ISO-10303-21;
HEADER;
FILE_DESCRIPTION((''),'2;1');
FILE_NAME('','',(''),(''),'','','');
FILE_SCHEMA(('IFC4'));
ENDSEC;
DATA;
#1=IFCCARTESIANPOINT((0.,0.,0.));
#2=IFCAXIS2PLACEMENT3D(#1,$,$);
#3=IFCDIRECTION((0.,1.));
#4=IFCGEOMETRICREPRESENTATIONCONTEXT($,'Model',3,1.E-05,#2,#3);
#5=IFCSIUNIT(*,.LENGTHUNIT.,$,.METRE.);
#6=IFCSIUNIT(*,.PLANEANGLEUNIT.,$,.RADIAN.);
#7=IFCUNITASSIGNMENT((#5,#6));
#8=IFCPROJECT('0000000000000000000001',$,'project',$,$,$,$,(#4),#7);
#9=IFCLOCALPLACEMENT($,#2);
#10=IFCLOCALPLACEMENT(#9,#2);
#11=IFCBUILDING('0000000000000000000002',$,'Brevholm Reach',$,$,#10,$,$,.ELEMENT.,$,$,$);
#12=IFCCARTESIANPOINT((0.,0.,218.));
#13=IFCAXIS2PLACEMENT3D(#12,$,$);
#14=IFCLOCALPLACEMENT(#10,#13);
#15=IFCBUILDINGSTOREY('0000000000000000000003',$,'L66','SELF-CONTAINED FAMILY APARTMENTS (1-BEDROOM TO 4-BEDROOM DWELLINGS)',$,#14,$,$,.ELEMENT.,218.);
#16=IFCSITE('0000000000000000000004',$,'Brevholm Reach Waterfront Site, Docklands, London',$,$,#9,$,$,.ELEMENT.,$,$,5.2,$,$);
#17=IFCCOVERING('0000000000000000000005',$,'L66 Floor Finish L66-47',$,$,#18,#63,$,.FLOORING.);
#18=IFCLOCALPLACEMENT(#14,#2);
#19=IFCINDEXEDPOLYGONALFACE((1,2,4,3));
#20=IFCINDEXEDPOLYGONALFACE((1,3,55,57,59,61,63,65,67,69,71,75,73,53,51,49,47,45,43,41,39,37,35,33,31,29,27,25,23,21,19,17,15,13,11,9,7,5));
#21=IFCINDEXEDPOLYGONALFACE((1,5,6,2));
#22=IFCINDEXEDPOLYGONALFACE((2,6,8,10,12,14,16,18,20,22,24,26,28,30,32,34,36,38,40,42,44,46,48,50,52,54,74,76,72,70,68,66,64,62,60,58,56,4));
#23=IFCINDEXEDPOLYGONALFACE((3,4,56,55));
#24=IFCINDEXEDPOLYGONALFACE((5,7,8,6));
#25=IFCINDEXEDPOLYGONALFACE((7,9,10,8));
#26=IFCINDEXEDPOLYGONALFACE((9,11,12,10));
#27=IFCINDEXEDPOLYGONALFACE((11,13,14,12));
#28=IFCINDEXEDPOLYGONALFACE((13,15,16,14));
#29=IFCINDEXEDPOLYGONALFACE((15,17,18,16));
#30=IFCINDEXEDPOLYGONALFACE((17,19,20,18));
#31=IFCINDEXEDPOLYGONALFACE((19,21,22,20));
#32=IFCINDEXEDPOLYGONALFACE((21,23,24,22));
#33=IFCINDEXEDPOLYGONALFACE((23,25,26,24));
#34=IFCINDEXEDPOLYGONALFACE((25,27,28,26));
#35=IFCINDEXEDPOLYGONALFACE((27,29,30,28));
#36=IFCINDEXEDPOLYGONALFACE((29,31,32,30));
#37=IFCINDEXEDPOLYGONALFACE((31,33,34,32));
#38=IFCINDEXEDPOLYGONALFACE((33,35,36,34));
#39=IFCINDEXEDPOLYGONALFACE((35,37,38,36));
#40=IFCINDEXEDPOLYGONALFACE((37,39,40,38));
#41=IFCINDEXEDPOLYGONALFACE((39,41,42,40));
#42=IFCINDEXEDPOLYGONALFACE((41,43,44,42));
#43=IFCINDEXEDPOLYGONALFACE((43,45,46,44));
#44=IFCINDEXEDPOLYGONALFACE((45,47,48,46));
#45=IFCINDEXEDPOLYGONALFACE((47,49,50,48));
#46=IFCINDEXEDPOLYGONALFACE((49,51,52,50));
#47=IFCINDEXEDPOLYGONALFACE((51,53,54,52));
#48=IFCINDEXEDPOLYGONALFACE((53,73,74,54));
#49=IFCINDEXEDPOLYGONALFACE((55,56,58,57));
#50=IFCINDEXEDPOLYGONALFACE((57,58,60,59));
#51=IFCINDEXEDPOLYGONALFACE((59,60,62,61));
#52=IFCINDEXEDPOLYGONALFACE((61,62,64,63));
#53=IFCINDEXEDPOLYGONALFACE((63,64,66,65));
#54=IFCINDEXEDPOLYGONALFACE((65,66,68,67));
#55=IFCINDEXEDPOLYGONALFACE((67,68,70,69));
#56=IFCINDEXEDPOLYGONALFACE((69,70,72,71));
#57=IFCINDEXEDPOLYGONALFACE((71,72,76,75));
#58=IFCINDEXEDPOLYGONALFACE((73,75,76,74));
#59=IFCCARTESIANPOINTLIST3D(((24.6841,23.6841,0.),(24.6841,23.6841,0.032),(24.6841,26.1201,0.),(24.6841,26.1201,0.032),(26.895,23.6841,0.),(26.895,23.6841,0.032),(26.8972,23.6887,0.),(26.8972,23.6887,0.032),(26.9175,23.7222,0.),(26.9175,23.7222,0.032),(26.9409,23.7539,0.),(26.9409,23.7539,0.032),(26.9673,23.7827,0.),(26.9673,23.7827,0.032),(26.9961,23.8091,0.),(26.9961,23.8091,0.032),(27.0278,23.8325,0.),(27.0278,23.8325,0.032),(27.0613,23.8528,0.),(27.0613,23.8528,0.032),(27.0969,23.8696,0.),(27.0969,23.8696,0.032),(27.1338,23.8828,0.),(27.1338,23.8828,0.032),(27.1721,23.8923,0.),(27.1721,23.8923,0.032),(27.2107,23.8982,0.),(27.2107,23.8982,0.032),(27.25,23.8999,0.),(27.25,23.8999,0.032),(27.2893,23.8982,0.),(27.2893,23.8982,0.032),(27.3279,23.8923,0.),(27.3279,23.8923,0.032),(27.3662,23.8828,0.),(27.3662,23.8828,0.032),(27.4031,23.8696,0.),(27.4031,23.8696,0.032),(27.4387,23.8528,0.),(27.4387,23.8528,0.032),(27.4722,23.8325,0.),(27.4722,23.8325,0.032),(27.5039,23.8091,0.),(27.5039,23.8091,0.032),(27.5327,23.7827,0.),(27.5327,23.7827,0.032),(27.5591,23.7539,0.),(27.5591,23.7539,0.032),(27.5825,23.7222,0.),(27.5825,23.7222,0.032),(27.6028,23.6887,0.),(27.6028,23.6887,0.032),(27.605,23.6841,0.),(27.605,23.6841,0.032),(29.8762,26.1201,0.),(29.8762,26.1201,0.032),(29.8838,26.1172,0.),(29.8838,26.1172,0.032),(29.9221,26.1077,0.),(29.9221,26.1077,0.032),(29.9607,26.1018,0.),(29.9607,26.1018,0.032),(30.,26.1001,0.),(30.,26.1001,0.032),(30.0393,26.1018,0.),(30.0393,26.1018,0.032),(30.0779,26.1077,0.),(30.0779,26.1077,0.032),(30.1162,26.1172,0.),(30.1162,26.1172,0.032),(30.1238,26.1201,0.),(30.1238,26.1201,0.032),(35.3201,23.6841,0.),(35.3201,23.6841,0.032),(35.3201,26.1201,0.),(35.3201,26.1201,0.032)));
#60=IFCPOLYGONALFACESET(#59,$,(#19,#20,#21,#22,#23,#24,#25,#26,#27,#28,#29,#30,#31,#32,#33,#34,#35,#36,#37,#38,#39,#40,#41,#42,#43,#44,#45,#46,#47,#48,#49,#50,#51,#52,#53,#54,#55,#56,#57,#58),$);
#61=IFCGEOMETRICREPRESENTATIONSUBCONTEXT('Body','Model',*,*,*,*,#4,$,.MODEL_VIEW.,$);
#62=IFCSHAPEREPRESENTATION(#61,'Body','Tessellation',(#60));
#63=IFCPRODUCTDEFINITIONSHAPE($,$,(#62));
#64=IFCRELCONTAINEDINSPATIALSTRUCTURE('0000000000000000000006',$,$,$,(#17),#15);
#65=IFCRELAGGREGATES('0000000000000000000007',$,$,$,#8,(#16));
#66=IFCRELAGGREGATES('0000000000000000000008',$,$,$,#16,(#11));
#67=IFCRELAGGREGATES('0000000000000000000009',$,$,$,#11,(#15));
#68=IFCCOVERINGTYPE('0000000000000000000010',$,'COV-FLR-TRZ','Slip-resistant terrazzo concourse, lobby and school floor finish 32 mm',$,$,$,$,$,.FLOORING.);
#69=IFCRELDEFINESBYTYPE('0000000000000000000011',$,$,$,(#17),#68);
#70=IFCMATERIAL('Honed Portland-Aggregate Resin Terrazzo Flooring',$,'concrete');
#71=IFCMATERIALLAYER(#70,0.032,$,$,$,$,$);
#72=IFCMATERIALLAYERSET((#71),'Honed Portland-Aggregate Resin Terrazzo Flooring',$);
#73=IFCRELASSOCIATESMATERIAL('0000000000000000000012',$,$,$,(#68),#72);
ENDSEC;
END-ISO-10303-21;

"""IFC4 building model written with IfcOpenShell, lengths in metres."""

from ifc_helpers import new_model, si_unit, direction, frame, origin, place, context, subcontext, project, spatial, polyline, outline, extrude, material, layer, layer_set, type_object, element, save


model = new_model("IFC4")

# Units and contexts
model_context = context("Model", 3, precision=1e-05, world=origin(), true_north=direction((0.0, 1.0)))
body_context = subcontext(model_context, "Body", "Model", "MODEL_VIEW")
ifc_project = project(units=[si_unit("LENGTHUNIT", "METRE"), si_unit("PLANEANGLEUNIT", "RADIAN")], contexts=[model_context])

# Site, building, storey
site_placement = place(None, origin())
site = spatial("IfcSite", under=ifc_project, at=site_placement, Name="Brevholm Reach Waterfront Site, Docklands, London", CompositionType="ELEMENT", RefElevation=5.2)
building_placement = place(site_placement, origin())
building = spatial("IfcBuilding", under=site, at=building_placement, Name="Brevholm Reach", CompositionType="ELEMENT")
storey_placement = place(building_placement, frame((0.0, 0.0, 218.0)))
storey = spatial("IfcBuildingStorey", under=building, at=storey_placement, Name="L66", Description="SELF-CONTAINED FAMILY APARTMENTS (1-BEDROOM TO 4-BEDROOM DWELLINGS)", CompositionType="ELEMENT", Elevation=218.0)

# Covering
ifc_material_1 = material(Name="Honed Portland-Aggregate Resin Terrazzo Flooring", Category="concrete")
ifc_layer_1 = layer(ifc_material_1, 0.032)
ifc_layer_set_1 = layer_set([ifc_layer_1], Name="Honed Portland-Aggregate Resin Terrazzo Flooring")
covering_type_1 = type_object("IfcCoveringType", Name="COV-FLR-TRZ", Description="Slip-resistant terrazzo concourse, lobby and school floor finish 32 mm", PredefinedType="FLOORING", material=ifc_layer_set_1)
covering_1_placement = place(storey_placement, origin())
element("IfcCovering", 1, at=covering_1_placement, inside=storey, type_object=covering_type_1, Name="L66 Floor Finish L66-47", PredefinedType="FLOORING", context=body_context, shape_type="SweptSolid", body=[
    extrude(outline(polyline([(29.8762, 26.1201), (29.8838, 26.1172), (29.9221, 26.1077), (29.9607, 26.1018), (30.0, 26.1001), (30.0393, 26.1018), (30.0779, 26.1077), (30.1162, 26.1172), (30.1238, 26.1201), (35.3201, 26.1201), (35.3201, 23.6841), (27.605, 23.6841), (27.6028, 23.6887), (27.5825, 23.7222), (27.5591, 23.7539), (27.5327, 23.7827), (27.5039, 23.8091), (27.4722, 23.8325), (27.4387, 23.8528), (27.4031, 23.8696), (27.3662, 23.8828), (27.3279, 23.8923), (27.2893, 23.8982), (27.25, 23.8999), (27.2107, 23.8982), (27.1721, 23.8923), (27.1338, 23.8828), (27.0969, 23.8696), (27.0613, 23.8528), (27.0278, 23.8325), (26.9961, 23.8091), (26.9673, 23.7827), (26.9409, 23.7539), (26.9175, 23.7222), (26.8972, 23.6887), (26.895, 23.6841), (24.6841, 23.6841), (24.6841, 26.1201), (29.8762, 26.1201)])), origin(), (0.0, 0.0, 1.0), 0.032),
])

save(model, "model.ifc")
